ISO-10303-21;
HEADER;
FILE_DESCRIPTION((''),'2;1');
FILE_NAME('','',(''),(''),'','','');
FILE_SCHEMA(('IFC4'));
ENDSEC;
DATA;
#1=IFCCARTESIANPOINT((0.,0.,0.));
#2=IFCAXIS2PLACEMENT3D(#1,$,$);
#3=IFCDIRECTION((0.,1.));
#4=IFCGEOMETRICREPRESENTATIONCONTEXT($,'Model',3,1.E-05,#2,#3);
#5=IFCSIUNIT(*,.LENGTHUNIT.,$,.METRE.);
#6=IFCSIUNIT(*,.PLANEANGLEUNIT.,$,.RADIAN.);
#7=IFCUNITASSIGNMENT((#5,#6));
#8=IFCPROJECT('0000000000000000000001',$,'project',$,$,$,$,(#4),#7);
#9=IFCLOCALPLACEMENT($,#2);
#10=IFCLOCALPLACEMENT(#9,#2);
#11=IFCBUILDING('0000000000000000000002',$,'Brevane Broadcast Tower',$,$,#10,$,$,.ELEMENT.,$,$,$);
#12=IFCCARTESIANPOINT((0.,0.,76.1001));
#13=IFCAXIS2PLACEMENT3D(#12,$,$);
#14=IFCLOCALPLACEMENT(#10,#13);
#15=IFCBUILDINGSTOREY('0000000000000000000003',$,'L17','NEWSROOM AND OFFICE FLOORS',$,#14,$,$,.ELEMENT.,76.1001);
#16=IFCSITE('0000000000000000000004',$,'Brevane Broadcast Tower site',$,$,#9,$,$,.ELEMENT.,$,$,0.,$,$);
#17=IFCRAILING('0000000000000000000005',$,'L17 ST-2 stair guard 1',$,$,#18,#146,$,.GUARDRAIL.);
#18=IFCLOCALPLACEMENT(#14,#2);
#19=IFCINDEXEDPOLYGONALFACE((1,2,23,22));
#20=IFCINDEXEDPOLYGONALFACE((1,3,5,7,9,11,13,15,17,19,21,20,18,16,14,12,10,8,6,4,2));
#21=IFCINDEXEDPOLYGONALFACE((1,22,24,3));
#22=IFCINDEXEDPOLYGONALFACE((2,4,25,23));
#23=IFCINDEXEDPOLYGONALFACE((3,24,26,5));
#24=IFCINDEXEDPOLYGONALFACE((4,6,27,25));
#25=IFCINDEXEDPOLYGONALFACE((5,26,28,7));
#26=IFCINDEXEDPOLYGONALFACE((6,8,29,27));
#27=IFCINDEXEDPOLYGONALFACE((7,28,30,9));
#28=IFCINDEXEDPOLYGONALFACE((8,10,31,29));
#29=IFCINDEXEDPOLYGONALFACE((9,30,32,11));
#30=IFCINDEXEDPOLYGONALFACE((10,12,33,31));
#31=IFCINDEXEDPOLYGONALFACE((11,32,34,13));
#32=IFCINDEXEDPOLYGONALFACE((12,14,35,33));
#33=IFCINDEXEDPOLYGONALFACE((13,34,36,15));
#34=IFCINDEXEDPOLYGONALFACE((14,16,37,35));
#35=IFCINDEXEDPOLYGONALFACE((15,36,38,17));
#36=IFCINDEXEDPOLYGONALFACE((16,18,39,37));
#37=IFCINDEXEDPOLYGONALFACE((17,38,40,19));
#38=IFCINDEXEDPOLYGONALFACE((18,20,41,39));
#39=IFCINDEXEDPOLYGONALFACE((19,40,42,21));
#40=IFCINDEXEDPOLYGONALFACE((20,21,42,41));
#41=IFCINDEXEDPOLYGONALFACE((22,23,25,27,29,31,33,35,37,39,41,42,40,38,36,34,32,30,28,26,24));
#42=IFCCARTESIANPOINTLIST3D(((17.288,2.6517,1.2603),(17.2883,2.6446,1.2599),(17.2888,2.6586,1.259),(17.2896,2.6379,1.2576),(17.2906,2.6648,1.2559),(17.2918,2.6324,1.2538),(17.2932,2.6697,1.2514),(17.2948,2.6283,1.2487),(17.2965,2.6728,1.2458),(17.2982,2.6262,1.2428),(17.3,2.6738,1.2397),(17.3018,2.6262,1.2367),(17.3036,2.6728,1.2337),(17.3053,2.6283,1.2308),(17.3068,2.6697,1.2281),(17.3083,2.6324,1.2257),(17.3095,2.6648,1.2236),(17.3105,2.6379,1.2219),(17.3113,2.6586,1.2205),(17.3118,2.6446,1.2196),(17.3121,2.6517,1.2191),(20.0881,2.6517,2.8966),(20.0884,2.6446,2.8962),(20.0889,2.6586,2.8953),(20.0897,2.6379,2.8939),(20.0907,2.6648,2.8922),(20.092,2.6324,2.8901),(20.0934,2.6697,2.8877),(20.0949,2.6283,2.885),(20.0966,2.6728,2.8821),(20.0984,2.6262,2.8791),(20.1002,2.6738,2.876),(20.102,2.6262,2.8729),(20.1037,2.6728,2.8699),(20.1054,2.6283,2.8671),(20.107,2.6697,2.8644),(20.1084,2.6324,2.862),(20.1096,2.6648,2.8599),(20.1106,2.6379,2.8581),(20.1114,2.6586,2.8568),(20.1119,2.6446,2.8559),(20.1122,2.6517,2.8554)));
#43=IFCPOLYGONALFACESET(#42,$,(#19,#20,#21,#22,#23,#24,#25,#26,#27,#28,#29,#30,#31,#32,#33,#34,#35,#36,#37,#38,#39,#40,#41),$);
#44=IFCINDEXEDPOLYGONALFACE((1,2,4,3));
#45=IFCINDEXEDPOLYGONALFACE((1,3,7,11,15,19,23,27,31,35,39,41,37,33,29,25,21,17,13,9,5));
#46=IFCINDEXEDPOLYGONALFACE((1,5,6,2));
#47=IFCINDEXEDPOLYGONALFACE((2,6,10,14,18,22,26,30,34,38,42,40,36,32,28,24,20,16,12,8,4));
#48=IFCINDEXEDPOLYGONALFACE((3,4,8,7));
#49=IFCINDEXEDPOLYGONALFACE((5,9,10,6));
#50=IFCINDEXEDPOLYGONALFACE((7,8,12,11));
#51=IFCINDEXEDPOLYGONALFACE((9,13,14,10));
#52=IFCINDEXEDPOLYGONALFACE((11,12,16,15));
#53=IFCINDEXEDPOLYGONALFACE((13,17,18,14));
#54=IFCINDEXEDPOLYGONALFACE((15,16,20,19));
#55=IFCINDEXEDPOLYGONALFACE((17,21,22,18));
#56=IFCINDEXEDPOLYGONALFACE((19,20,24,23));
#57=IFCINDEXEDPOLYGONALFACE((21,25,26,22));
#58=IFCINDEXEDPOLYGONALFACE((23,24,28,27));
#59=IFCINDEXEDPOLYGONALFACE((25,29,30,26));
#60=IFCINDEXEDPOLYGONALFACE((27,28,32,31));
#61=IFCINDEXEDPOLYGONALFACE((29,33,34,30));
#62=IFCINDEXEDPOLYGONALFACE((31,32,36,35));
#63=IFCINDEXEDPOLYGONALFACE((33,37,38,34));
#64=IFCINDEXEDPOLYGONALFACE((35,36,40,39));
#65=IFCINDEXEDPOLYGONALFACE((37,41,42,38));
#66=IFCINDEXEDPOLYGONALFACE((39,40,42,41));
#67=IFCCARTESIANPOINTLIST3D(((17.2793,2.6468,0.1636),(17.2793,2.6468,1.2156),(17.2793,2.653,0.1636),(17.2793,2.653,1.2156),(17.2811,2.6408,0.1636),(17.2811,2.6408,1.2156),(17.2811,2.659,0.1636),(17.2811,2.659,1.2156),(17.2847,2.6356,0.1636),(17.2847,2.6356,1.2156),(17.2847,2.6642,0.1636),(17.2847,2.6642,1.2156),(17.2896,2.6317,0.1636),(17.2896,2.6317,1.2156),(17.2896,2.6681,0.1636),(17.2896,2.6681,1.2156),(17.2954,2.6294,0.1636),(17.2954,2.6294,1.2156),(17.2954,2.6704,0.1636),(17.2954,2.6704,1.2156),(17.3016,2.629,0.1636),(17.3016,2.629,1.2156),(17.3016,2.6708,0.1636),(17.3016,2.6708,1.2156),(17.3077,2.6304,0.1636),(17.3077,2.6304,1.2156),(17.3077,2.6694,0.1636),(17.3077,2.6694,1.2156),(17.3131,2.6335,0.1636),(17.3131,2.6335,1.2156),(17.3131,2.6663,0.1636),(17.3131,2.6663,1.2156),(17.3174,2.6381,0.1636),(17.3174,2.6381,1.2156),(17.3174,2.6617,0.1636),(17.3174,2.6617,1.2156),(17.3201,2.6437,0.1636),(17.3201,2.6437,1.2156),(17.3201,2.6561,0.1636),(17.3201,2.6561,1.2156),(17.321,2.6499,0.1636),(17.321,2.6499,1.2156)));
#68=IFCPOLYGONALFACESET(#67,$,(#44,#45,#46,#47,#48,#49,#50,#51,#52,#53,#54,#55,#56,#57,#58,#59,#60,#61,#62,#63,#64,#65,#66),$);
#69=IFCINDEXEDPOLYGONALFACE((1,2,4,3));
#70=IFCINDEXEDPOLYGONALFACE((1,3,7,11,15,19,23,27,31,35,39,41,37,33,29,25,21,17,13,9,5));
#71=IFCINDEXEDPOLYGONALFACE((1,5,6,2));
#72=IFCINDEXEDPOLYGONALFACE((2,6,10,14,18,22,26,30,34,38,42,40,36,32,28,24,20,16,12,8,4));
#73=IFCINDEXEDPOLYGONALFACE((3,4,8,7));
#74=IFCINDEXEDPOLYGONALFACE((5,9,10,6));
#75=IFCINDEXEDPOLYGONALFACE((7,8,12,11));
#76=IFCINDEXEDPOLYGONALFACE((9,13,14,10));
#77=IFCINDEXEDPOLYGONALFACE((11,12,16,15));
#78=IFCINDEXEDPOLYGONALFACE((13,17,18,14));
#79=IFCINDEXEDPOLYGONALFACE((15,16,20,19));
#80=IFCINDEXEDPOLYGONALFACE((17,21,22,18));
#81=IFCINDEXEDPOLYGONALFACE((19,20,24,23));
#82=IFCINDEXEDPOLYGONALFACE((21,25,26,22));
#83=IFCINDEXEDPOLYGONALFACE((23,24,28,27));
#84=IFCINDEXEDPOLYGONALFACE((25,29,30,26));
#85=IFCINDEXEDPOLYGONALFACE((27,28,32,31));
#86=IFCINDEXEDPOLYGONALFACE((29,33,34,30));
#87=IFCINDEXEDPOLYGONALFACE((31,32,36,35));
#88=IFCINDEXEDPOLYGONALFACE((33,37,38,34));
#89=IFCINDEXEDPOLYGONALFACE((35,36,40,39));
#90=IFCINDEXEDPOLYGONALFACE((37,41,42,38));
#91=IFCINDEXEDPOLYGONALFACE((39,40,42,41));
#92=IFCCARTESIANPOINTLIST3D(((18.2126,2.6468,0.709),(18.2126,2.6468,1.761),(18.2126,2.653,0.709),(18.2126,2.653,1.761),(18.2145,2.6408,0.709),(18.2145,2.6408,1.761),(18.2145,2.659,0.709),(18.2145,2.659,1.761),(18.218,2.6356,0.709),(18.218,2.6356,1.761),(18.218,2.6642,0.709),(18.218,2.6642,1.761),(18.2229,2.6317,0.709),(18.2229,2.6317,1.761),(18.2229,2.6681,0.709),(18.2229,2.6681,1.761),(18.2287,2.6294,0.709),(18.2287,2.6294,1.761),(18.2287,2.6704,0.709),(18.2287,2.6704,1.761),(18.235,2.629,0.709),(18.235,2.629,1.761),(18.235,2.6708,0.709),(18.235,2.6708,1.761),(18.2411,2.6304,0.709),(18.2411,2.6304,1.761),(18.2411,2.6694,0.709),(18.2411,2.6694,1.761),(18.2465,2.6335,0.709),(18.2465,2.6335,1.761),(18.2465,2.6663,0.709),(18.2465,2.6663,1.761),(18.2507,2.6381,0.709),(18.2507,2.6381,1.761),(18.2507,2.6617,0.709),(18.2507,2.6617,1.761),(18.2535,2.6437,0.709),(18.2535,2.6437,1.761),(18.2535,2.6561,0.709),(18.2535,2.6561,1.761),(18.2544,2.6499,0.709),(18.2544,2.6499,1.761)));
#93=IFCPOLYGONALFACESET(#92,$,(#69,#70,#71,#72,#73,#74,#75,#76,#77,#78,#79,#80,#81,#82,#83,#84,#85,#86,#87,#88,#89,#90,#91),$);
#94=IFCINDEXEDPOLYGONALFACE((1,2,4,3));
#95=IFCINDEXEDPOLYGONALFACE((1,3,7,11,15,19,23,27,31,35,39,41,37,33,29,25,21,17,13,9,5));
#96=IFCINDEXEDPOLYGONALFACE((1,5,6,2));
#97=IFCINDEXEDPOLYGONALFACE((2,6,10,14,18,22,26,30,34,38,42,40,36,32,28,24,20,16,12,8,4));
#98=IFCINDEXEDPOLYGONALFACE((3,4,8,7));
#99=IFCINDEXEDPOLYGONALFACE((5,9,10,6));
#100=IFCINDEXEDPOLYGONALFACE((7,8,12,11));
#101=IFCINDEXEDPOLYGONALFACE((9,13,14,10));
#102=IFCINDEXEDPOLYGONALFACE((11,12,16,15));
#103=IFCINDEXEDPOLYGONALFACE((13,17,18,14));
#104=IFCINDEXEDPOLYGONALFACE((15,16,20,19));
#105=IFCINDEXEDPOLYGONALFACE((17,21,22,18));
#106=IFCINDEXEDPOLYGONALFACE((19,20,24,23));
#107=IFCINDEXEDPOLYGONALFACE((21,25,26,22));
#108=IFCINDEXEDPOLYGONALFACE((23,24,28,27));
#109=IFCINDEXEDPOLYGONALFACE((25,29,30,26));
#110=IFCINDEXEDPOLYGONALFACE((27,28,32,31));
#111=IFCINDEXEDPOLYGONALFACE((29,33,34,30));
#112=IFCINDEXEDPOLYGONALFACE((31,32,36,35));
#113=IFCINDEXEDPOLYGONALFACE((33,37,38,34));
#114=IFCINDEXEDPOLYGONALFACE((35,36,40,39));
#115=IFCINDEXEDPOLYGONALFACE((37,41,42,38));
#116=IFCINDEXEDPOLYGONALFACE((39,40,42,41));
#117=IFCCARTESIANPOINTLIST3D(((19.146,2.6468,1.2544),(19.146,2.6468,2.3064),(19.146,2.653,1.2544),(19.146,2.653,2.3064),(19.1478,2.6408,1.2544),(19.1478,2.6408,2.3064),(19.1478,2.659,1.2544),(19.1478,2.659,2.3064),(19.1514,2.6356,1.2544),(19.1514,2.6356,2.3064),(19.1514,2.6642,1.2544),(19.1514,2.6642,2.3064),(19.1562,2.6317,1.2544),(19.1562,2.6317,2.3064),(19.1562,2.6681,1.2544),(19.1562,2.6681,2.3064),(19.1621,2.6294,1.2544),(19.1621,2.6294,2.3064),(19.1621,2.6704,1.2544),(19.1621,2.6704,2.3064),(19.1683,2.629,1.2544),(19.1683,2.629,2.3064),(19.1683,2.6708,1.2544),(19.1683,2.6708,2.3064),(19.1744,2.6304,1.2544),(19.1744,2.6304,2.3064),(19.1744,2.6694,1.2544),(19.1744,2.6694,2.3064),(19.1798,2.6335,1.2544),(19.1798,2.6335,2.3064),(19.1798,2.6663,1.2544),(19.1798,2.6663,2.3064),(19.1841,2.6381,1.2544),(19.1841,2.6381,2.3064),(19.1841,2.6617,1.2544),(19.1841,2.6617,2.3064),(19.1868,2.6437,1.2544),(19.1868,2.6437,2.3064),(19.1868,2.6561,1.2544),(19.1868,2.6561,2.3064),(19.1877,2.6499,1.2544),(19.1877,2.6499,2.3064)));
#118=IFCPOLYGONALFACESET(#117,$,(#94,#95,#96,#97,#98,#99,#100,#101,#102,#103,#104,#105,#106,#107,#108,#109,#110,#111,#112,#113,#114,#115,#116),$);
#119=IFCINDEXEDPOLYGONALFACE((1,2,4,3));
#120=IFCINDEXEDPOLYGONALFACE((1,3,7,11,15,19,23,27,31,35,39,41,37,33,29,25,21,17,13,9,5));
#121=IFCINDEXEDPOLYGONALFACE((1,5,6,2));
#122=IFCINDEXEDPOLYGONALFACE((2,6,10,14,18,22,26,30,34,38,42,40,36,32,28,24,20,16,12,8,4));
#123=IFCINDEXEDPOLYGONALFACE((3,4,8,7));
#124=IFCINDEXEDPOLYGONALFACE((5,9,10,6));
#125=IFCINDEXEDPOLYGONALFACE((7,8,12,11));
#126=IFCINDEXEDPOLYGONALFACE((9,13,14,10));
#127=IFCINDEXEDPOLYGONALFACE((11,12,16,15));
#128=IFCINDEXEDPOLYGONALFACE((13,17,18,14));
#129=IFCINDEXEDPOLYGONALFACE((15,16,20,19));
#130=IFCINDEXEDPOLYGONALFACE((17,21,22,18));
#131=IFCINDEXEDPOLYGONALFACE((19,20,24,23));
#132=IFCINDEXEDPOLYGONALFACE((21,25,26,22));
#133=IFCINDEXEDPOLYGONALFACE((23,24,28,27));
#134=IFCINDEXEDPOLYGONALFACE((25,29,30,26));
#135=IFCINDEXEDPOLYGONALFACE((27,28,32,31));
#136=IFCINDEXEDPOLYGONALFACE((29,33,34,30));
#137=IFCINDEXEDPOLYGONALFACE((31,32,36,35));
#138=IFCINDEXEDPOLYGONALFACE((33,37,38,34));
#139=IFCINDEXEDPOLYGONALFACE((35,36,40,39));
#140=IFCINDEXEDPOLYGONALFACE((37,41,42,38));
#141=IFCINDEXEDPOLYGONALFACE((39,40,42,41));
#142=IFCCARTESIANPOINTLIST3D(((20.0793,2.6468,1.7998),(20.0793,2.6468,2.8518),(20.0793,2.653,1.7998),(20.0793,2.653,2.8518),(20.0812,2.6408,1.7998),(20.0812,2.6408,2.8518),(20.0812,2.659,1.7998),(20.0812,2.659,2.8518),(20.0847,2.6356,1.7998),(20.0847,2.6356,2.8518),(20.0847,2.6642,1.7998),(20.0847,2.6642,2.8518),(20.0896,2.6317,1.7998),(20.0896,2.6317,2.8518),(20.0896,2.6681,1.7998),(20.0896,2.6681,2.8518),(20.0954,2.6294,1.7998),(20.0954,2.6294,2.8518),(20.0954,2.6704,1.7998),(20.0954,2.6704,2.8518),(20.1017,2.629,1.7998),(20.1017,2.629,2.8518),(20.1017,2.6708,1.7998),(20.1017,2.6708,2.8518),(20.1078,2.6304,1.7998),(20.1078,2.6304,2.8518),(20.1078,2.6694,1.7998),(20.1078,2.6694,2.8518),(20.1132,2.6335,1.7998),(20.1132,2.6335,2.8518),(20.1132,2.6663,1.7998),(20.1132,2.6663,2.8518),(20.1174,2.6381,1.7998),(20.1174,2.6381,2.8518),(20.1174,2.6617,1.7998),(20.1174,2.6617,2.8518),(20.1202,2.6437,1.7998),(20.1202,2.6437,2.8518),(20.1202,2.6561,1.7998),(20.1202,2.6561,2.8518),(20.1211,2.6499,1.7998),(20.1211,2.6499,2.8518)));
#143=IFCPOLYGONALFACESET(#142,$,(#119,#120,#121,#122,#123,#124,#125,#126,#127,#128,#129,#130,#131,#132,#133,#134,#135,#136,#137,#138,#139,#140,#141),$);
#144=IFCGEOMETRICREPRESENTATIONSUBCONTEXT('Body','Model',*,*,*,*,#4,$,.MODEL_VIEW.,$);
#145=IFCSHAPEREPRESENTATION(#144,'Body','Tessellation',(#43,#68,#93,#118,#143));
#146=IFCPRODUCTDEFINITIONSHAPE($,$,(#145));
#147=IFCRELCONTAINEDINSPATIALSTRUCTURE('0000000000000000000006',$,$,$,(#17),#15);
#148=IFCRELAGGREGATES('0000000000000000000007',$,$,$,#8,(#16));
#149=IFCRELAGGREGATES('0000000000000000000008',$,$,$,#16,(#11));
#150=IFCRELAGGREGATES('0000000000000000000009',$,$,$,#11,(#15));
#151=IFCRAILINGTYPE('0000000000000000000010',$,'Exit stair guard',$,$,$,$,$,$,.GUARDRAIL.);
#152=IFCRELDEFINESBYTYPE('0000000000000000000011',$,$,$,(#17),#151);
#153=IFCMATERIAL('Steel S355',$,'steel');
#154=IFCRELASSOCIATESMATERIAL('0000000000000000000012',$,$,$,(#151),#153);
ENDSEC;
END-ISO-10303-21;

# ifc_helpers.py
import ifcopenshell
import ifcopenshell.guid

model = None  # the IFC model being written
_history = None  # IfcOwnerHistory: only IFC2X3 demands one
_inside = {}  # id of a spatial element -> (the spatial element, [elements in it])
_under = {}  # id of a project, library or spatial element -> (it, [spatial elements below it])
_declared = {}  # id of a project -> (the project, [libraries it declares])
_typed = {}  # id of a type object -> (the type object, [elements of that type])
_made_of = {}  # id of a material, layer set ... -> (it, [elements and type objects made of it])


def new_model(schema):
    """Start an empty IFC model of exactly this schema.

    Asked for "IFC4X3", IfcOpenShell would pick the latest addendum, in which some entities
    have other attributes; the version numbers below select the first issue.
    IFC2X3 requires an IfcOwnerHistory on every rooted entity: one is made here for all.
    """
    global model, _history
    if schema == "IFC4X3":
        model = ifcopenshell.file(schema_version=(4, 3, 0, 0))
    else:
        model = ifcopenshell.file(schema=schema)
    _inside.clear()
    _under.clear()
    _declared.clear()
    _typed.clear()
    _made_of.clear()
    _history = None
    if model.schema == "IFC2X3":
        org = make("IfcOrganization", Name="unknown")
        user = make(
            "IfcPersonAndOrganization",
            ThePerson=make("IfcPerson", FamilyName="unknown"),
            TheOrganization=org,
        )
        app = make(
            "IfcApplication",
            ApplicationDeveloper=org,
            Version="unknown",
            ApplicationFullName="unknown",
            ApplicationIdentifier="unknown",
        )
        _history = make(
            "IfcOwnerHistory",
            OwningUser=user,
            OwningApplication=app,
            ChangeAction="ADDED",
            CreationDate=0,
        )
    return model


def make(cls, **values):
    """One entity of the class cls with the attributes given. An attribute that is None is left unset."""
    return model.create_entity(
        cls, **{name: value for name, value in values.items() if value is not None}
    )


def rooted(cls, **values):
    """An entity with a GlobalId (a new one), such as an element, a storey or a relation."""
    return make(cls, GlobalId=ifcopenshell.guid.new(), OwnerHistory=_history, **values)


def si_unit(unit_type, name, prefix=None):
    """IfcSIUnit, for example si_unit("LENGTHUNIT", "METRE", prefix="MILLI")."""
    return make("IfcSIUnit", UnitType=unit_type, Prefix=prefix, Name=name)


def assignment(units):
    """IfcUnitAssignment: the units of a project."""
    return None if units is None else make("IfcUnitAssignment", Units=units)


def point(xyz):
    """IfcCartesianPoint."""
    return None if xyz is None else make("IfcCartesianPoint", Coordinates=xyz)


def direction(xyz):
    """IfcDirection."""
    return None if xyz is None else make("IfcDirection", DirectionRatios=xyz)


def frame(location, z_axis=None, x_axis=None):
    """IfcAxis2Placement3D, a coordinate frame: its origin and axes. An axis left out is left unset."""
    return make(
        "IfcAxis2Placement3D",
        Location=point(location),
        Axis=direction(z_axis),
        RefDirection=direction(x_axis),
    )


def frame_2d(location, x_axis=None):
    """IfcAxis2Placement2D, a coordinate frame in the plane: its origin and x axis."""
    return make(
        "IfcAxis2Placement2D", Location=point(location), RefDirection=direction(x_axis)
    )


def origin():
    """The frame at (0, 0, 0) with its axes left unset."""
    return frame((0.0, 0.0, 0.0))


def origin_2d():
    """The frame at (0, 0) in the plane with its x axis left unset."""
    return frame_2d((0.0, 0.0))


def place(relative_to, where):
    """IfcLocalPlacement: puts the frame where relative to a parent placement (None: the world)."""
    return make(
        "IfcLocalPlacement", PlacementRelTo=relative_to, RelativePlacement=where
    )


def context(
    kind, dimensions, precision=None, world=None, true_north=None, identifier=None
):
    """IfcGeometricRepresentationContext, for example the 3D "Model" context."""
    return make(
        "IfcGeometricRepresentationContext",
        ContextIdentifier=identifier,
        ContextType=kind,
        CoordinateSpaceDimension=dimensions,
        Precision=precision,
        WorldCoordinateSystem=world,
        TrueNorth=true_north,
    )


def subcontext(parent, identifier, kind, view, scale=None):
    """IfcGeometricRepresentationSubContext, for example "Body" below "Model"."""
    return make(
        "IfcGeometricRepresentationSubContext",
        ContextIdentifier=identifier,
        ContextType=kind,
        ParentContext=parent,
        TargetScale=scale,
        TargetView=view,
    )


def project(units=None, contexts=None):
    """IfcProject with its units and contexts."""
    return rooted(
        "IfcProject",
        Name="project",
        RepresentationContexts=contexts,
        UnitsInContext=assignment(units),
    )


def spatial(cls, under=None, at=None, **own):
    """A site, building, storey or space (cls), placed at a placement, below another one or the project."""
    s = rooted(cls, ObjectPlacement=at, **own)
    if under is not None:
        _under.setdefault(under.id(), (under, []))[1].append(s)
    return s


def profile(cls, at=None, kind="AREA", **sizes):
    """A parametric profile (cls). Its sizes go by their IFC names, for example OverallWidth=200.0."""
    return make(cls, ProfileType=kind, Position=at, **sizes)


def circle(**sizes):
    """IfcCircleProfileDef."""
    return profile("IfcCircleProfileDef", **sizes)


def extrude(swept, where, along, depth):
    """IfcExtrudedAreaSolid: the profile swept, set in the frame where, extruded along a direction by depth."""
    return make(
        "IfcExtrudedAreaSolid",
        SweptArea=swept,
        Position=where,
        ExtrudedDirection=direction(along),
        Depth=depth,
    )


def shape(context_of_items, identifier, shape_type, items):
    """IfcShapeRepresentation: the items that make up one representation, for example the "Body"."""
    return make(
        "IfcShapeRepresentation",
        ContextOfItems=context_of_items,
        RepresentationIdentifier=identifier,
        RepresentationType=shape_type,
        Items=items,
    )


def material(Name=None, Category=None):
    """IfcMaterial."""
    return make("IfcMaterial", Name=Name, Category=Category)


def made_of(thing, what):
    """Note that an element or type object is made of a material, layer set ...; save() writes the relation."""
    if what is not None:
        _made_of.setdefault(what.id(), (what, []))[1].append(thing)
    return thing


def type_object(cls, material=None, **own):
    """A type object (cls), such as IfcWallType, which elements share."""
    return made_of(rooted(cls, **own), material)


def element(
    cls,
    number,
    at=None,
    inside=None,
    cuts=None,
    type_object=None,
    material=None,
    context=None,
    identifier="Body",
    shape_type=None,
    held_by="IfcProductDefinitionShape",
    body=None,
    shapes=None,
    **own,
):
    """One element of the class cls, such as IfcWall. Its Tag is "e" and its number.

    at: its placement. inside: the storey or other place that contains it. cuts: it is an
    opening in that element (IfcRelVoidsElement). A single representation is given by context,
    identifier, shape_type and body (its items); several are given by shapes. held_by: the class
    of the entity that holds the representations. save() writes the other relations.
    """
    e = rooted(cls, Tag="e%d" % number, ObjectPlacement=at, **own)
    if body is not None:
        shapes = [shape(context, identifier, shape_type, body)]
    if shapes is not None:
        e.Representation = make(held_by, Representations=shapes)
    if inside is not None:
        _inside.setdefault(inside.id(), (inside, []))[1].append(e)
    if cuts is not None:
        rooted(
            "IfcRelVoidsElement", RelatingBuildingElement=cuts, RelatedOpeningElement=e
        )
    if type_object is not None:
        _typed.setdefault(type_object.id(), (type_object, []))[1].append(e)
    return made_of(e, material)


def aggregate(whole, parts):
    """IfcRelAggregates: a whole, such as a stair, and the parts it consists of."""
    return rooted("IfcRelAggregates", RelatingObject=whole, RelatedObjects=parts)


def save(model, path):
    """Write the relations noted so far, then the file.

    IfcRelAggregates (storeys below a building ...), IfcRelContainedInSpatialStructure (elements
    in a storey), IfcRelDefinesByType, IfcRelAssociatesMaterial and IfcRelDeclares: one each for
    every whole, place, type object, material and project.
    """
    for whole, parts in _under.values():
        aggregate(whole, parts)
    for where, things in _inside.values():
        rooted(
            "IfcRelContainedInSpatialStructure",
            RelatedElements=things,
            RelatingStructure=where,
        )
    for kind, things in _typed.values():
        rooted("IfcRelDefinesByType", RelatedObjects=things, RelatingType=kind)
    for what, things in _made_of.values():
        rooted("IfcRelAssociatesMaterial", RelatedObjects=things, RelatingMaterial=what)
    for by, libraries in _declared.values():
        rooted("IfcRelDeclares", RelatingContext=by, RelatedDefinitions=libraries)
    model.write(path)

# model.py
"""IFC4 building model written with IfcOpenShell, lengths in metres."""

from ifc_helpers import new_model, si_unit, direction, frame, origin, origin_2d, place, context, subcontext, project, spatial, circle, extrude, material, type_object, element, save


model = new_model("IFC4")

# Units and contexts
model_context = context("Model", 3, precision=1e-05, world=origin(), true_north=direction((0.0, 1.0)))
body_context = subcontext(model_context, "Body", "Model", "MODEL_VIEW")
ifc_project = project(units=[si_unit("LENGTHUNIT", "METRE"), si_unit("PLANEANGLEUNIT", "RADIAN")], contexts=[model_context])

# Site, building, storey
site_placement = place(None, origin())
site = spatial("IfcSite", under=ifc_project, at=site_placement, Name="Brevane Broadcast Tower site", CompositionType="ELEMENT", RefElevation=0.0)
building_placement = place(site_placement, origin())
building = spatial("IfcBuilding", under=site, at=building_placement, Name="Brevane Broadcast Tower", CompositionType="ELEMENT")
storey_placement = place(building_placement, frame((0.0, 0.0, 76.1001)))
storey = spatial("IfcBuildingStorey", under=building, at=storey_placement, Name="L17", Description="NEWSROOM AND OFFICE FLOORS", CompositionType="ELEMENT", Elevation=76.1001)

# Railing
ifc_material_1 = material(Name="Steel S355", Category="steel")
railing_type_1 = type_object("IfcRailingType", Name="Exit stair guard", PredefinedType="GUARDRAIL", material=ifc_material_1)
railing_1_placement = place(storey_placement, frame((17.3, 2.6499, 0.1636)))
element("IfcRailing", 1, at=railing_1_placement, inside=storey, type_object=railing_type_1, Name="L17 ST-2 stair guard 1", PredefinedType="GUARDRAIL", context=body_context, shape_type="SweptSolid", body=[
    extrude(circle(Radius=0.0239, at=origin_2d()), frame((0.0, 0.0, 1.0762), z_axis=(0.863394, 0.0, 0.504531), x_axis=(0.0, 1.0, 0.0)), (0.0, 0.0, 1.0), 3.2432),
    extrude(circle(Radius=0.021, at=origin_2d()), origin(), (0.0, 0.0, 1.0), 1.052),
    extrude(circle(Radius=0.021, at=origin_2d()), frame((0.9333, 0.0, 0.5454)), (0.0, 0.0, 1.0), 1.052),
    extrude(circle(Radius=0.021, at=origin_2d()), frame((1.8667, 0.0, 1.0908)), (0.0, 0.0, 1.0), 1.052),
    extrude(circle(Radius=0.021, at=origin_2d()), frame((2.8, 0.0, 1.6362)), (0.0, 0.0, 1.0), 1.052),
])

save(model, "model.ifc")
